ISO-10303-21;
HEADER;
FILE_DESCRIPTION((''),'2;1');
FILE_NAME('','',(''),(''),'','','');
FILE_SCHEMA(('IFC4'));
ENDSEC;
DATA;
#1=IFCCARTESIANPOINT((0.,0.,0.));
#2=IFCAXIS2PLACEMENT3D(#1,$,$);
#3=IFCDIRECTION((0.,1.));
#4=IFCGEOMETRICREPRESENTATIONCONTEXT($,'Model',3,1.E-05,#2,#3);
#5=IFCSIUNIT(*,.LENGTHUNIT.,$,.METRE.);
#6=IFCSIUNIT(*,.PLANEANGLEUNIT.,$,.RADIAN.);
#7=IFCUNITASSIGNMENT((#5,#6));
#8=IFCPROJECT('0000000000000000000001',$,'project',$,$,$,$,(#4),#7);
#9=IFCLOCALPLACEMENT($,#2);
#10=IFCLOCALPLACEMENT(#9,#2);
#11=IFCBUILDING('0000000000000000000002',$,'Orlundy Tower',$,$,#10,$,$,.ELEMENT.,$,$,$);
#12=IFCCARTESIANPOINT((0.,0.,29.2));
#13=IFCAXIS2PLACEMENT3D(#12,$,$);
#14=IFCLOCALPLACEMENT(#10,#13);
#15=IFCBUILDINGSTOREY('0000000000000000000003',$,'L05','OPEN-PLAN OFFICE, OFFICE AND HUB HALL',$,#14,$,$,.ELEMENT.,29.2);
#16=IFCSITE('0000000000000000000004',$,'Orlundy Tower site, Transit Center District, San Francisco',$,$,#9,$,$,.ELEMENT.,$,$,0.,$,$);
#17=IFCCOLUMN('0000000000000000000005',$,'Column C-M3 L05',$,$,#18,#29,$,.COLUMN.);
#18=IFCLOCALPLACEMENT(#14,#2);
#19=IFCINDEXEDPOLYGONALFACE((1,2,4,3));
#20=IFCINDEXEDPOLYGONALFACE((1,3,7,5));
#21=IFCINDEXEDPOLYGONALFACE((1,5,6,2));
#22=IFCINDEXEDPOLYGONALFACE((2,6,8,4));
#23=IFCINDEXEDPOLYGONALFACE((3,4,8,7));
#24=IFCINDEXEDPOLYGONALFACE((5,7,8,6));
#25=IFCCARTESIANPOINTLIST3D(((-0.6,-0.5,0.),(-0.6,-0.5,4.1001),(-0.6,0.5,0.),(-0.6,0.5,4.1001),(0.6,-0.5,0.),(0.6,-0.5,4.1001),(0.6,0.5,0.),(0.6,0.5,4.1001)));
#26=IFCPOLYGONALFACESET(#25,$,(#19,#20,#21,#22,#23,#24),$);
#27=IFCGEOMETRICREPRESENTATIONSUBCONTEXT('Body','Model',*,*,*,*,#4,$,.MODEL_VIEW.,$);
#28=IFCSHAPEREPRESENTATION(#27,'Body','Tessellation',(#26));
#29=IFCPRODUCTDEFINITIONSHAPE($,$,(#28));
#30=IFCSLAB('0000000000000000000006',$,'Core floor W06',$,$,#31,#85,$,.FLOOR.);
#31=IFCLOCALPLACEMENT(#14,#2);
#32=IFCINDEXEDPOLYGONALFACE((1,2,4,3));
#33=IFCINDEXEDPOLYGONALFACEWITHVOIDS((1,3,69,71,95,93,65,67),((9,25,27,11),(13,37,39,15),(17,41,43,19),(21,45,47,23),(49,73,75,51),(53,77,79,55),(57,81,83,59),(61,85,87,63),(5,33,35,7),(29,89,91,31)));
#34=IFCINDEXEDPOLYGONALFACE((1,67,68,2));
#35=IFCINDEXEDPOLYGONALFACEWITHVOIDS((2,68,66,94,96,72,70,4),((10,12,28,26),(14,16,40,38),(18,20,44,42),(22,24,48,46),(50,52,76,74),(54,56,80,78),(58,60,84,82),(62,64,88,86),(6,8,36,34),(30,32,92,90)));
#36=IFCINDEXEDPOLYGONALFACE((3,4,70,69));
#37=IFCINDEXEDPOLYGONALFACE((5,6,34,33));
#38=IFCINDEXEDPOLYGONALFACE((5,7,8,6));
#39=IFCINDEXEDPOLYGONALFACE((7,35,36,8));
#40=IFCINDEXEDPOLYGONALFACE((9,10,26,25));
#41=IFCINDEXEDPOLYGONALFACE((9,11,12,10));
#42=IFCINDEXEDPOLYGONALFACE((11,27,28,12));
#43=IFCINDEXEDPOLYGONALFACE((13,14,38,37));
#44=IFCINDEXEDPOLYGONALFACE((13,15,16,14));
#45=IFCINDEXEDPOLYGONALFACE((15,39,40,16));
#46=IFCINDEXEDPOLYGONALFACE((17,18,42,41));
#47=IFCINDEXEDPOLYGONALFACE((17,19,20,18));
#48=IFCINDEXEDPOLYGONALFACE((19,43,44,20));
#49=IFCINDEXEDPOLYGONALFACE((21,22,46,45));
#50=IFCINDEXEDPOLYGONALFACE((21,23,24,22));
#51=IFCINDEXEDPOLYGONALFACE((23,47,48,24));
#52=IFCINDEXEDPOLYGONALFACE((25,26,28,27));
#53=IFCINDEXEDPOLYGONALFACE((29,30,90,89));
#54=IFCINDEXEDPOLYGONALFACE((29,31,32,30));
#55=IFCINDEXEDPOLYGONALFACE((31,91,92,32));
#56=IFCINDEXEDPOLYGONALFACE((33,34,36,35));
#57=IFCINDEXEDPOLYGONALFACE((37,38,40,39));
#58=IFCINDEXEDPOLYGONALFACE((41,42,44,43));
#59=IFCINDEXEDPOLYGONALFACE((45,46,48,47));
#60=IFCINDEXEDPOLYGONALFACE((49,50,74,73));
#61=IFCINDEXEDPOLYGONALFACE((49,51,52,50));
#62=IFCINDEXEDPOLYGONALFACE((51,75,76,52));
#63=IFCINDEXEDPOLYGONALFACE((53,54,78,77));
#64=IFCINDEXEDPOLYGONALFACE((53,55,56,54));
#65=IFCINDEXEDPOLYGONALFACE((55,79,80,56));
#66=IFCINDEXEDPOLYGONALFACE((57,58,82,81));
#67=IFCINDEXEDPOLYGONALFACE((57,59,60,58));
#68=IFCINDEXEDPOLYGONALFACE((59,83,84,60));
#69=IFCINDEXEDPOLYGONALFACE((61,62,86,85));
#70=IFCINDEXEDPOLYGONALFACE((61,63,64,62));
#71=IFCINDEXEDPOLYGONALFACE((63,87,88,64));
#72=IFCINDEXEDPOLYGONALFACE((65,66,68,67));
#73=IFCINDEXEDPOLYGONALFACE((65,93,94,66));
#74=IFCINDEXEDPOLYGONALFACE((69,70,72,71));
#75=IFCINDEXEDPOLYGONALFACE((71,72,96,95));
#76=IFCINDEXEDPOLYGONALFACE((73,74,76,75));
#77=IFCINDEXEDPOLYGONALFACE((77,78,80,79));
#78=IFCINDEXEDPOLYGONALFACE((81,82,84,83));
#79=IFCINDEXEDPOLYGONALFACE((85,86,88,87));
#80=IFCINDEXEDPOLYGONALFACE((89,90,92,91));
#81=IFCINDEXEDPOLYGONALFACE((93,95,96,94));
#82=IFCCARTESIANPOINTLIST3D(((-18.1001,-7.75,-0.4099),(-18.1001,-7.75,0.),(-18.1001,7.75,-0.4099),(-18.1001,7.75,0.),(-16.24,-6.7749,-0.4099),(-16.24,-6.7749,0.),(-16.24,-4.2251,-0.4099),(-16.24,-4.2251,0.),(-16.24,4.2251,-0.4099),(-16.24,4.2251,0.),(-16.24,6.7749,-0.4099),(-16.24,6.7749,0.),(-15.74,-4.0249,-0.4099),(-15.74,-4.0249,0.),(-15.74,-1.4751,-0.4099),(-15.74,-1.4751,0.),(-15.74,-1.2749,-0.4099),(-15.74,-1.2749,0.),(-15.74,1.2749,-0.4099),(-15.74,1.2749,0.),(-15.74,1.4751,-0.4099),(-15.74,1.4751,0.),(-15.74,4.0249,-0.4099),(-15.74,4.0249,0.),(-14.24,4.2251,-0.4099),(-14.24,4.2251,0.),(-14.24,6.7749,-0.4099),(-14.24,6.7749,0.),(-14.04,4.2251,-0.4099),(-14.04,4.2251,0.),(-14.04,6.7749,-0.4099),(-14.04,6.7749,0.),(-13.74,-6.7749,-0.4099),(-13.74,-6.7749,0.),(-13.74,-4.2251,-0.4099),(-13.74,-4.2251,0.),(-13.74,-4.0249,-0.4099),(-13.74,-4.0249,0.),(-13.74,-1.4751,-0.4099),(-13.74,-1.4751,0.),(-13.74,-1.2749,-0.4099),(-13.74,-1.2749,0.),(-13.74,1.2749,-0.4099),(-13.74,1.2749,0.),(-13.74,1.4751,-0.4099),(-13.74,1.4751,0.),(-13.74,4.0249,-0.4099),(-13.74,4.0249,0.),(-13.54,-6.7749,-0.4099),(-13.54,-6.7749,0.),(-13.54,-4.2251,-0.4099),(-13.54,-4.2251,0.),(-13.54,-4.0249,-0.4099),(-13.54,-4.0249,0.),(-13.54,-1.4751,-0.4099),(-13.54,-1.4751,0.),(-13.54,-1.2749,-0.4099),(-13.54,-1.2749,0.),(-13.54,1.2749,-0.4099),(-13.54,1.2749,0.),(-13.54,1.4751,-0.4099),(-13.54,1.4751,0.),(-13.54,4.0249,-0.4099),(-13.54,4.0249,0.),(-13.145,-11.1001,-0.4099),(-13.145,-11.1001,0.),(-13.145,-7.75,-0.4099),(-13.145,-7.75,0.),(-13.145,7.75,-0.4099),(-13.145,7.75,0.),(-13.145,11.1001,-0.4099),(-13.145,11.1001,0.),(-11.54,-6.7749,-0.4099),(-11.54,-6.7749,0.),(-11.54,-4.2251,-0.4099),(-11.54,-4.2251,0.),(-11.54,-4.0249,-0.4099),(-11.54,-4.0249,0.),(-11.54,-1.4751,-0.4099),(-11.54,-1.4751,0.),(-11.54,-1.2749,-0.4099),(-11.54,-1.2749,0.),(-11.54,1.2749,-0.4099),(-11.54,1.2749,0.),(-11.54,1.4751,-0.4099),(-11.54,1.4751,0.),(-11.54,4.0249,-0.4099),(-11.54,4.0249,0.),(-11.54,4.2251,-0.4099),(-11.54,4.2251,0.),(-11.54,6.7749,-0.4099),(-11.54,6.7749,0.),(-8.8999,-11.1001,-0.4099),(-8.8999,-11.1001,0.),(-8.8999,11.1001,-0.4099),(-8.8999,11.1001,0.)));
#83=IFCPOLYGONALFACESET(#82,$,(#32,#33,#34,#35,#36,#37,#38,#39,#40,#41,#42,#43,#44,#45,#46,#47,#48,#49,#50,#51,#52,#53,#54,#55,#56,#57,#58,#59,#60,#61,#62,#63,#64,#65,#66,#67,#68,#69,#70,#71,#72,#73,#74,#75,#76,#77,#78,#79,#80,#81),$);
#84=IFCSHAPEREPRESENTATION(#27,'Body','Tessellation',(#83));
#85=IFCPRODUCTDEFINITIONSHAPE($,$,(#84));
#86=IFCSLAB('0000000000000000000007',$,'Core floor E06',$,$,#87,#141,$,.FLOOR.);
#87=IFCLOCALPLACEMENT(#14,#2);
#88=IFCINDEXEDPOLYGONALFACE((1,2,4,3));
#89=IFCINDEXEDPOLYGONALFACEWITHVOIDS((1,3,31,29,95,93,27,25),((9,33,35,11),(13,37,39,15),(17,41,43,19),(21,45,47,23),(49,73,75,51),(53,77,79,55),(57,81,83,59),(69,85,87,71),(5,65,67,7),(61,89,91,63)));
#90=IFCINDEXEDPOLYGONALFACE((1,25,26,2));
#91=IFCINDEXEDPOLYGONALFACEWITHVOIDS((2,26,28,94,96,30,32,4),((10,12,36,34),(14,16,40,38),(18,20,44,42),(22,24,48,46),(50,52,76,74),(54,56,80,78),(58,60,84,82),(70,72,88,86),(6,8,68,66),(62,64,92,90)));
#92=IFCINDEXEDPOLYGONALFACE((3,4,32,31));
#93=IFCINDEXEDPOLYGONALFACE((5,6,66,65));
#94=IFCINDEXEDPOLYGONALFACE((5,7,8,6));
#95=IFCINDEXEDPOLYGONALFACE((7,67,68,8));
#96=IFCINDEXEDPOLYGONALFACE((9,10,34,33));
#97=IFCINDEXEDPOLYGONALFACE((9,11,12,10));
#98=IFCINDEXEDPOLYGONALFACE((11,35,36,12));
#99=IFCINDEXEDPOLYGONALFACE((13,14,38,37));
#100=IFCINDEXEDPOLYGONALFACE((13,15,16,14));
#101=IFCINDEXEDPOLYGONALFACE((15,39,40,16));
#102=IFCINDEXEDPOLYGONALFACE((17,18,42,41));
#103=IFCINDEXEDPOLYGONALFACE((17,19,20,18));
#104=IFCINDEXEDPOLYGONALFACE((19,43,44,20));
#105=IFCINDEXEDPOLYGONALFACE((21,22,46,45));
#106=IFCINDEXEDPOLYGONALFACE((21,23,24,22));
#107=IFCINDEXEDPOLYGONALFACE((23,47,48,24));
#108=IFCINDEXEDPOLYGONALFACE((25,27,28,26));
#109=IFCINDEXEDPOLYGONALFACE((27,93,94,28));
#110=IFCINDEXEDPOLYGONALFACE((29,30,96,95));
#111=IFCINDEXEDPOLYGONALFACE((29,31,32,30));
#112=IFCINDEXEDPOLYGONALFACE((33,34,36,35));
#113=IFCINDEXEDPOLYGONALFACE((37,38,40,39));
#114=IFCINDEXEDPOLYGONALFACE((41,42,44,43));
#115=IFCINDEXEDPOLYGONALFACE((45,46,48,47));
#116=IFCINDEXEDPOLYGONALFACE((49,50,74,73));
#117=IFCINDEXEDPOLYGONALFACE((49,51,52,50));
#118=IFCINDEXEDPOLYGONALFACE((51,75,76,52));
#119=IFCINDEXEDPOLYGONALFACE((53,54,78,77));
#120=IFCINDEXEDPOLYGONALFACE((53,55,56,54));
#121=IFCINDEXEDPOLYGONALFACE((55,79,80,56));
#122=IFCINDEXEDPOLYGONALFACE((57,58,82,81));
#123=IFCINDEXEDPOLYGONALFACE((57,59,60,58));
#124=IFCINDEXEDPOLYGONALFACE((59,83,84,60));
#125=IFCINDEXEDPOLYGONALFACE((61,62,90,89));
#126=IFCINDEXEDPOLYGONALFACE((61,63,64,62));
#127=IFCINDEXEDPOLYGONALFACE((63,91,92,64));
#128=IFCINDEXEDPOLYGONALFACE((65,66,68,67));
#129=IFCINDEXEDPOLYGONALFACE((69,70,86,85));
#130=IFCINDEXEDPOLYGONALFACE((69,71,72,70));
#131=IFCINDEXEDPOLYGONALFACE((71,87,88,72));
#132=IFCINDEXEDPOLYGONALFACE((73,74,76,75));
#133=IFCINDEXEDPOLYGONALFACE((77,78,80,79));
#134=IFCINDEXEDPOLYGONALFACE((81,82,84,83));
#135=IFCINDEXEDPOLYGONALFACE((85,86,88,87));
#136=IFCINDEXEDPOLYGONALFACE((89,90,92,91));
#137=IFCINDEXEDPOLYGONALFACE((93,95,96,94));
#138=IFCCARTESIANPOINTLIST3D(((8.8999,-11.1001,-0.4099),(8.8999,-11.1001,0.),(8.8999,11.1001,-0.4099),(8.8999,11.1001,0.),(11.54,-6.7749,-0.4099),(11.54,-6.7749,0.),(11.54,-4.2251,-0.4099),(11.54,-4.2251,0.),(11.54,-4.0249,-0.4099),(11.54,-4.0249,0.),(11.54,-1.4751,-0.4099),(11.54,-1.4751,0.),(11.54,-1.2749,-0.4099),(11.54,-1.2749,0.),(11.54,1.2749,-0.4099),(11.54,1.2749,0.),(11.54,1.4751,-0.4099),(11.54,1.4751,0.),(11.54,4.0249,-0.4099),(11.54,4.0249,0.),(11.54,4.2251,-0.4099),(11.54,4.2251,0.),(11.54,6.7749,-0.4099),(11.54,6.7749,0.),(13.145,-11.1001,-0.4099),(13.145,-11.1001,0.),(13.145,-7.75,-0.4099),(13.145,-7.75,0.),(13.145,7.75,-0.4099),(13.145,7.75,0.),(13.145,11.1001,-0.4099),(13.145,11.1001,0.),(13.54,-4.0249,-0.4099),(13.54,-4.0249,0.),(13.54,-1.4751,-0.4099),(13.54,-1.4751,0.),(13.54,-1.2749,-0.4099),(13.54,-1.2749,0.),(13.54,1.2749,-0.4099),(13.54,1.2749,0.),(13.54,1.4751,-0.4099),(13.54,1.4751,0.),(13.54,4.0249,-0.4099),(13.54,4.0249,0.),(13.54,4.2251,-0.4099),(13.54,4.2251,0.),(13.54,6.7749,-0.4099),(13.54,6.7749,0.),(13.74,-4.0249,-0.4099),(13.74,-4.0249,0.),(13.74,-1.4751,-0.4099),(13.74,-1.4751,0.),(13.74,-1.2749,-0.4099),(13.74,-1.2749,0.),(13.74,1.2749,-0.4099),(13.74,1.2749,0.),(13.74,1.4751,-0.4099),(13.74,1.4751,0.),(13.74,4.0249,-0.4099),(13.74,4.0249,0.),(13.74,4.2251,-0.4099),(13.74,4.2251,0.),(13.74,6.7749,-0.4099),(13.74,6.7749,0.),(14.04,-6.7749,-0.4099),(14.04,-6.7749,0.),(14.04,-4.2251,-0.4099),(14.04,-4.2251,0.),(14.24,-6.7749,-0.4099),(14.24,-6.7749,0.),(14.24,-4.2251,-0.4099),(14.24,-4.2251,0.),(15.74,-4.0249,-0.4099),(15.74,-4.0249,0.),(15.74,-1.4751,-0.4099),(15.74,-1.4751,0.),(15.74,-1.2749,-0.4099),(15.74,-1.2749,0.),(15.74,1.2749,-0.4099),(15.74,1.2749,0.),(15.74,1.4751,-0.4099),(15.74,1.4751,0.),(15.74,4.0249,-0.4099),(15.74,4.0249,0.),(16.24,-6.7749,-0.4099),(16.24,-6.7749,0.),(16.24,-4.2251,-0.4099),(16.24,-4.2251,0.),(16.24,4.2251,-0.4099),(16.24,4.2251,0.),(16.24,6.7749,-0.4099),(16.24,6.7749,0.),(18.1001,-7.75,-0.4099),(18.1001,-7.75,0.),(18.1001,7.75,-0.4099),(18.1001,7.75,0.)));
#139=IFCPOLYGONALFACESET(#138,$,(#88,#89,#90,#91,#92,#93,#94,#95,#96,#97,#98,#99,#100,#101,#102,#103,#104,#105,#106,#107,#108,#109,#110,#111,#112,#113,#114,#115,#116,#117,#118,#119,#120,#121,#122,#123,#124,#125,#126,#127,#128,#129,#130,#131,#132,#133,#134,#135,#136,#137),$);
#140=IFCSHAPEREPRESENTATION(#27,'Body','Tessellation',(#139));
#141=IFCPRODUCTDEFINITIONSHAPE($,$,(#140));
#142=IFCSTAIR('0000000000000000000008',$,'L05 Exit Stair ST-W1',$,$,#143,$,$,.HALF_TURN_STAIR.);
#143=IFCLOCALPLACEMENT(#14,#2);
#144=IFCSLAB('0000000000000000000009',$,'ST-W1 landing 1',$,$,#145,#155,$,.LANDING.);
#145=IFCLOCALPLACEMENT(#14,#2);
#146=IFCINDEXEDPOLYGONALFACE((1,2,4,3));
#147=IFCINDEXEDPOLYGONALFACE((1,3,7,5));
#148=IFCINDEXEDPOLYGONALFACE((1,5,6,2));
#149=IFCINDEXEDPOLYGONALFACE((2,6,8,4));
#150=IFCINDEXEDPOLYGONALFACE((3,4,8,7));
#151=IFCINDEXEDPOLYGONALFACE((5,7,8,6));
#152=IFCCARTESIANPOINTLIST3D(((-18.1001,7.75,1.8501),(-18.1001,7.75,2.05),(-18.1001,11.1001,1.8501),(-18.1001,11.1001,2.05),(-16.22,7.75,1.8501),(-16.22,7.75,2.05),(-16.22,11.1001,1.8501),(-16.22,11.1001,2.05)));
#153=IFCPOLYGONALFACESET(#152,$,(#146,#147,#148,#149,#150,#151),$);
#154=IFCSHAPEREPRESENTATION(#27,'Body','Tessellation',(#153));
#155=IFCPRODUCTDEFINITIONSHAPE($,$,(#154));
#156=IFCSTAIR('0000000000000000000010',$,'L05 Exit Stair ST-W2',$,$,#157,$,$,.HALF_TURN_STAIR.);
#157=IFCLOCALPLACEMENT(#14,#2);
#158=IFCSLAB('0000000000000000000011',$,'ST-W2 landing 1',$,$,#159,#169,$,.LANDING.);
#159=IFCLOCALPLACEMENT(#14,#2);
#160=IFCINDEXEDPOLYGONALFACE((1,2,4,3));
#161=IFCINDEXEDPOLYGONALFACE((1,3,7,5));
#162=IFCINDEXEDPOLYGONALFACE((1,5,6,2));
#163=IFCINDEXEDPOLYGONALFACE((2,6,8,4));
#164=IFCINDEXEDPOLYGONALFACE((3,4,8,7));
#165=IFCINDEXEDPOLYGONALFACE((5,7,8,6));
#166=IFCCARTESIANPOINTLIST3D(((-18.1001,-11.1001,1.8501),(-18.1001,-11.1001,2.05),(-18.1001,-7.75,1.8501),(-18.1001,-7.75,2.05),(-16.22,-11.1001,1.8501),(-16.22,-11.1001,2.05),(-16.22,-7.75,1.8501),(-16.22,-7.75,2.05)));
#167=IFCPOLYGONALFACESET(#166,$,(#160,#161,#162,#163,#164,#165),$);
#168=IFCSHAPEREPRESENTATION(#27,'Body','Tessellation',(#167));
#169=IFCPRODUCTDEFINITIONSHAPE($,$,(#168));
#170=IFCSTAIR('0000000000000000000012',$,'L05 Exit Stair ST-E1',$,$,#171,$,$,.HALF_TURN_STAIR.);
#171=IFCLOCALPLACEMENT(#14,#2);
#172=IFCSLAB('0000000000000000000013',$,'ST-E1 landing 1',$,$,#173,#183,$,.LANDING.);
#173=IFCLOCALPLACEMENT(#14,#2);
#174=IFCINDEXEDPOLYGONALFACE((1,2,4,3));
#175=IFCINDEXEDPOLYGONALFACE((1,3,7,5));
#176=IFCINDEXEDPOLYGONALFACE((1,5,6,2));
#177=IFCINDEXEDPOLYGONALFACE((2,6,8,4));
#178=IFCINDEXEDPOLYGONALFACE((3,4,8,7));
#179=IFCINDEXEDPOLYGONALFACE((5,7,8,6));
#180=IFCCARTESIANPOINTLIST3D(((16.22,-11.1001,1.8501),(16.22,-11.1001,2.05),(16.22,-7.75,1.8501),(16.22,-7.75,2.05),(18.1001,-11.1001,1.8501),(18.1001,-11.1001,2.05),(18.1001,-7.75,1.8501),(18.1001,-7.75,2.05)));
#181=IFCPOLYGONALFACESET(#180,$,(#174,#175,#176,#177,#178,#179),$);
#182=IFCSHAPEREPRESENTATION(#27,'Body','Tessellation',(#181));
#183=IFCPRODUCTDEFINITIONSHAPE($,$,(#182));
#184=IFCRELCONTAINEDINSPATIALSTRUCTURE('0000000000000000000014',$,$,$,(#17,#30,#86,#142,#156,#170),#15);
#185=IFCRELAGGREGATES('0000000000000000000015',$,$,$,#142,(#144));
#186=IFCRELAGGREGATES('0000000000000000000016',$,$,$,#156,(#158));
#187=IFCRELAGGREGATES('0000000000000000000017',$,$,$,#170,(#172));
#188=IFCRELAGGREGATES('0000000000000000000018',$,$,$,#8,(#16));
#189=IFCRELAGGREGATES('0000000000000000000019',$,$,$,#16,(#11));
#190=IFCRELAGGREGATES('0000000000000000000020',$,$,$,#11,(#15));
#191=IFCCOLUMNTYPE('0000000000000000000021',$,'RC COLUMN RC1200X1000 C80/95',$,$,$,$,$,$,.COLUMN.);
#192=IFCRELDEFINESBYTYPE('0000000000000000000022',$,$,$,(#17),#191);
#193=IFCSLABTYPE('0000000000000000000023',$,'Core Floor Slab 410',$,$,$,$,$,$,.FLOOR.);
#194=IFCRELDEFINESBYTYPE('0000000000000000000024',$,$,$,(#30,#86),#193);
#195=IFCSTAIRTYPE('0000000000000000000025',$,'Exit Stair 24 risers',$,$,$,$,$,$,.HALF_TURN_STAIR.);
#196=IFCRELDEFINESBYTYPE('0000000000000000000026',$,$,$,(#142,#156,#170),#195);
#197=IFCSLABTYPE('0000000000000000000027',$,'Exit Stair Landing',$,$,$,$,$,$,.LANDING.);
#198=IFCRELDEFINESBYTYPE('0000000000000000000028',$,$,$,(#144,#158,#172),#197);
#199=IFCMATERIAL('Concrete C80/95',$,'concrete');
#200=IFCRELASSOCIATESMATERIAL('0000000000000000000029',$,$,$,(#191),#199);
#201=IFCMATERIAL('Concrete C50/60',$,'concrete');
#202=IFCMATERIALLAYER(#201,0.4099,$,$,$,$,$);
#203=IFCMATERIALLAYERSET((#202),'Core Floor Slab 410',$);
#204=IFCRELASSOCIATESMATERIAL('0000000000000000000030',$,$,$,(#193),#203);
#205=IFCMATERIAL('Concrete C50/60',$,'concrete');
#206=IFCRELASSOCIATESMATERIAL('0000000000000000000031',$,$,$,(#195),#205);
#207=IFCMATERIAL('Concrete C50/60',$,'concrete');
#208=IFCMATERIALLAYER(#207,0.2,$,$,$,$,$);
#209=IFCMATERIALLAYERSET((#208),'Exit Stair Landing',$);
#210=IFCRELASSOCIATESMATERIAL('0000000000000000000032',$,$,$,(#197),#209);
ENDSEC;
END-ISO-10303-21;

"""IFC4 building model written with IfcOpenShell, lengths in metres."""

from ifc_helpers import new_model, si_unit, direction, frame, origin, origin_with_axes, origin_2d, place, context, subcontext, project, spatial, polyline, rectangle, outline, extrude, material, layer, layer_set, material_profile, profile_set, type_object, element, aggregate, save


model = new_model("IFC4")

# Units and contexts
model_context = context("Model", 3, precision=1e-05, world=origin(), true_north=direction((0.0, 1.0)))
body_context = subcontext(model_context, "Body", "Model", "MODEL_VIEW")
ifc_project = project(units=[si_unit("LENGTHUNIT", "METRE"), si_unit("PLANEANGLEUNIT", "RADIAN")], contexts=[model_context])

# Site, building, storey
site_placement = place(None, origin())
site = spatial("IfcSite", under=ifc_project, at=site_placement, Name="Orlundy Tower site, Transit Center District, San Francisco", CompositionType="ELEMENT", RefElevation=0.0)
building_placement = place(site_placement, origin())
building = spatial("IfcBuilding", under=site, at=building_placement, Name="Orlundy Tower", CompositionType="ELEMENT")
storey_placement = place(building_placement, frame((0.0, 0.0, 29.2)))
storey = spatial("IfcBuildingStorey", under=building, at=storey_placement, Name="L05", Description="OPEN-PLAN OFFICE, OFFICE AND HUB HALL", CompositionType="ELEMENT", Elevation=29.2)

# Column
ifc_material_1 = material(Name="Concrete C80/95", Category="concrete")
ifc_material_profile = material_profile(ifc_material_1, rectangle(XDim=1.2, YDim=1.0, at=origin_2d()), Name="RC1200X1000")
ifc_profile_set = profile_set([ifc_material_profile], Name="Concrete C80/95")
column_type = type_object("IfcColumnType", Name="RC COLUMN RC1200X1000 C80/95", PredefinedType="COLUMN", material=ifc_profile_set)
column_placement = place(storey_placement, origin_with_axes())
element("IfcColumn", 1, at=column_placement, inside=storey, type_object=column_type, Name="Column C-M3 L05", PredefinedType="COLUMN", context=body_context, shape_type="SweptSolid", body=[
    extrude(rectangle(XDim=1.2, YDim=1.0, at=origin_2d()), origin(), (0.0, 0.0, 1.0), 4.1001),
])

# Slabs
ifc_material_2 = material(Name="Concrete C50/60", Category="concrete")
ifc_layer_1 = layer(ifc_material_2, 0.4099)
ifc_layer_set_1 = layer_set([ifc_layer_1], Name="Core Floor Slab 410")
slab_type_1 = type_object("IfcSlabType", Name="Core Floor Slab 410", PredefinedType="FLOOR", material=ifc_layer_set_1)
slab_1_placement = place(storey_placement, frame((0.0, 0.0, -0.4099)))
element("IfcSlab", 2, at=slab_1_placement, inside=storey, type_object=slab_type_1, Name="Core floor W06", PredefinedType="FLOOR", context=body_context, shape_type="SweptSolid", body=[
    extrude(outline(polyline([(-8.8999, -11.1001), (-13.145, -11.1001), (-13.145, -7.75), (-18.1001, -7.75), (-18.1001, 7.75), (-13.145, 7.75), (-13.145, 11.1001), (-8.8999, 11.1001), (-8.8999, -11.1001)]), holes=[polyline([(-11.54, -6.7749), (-11.54, -4.2251), (-13.54, -4.2251), (-13.54, -6.7749), (-11.54, -6.7749)]), polyline([(-16.24, -6.7749), (-13.74, -6.7749), (-13.74, -4.2251), (-16.24, -4.2251), (-16.24, -6.7749)]), polyline([(-13.54, -1.4751), (-13.54, -4.0249), (-11.54, -4.0249), (-11.54, -1.4751), (-13.54, -1.4751)]), polyline([(-13.74, -1.4751), (-15.74, -1.4751), (-15.74, -4.0249), (-13.74, -4.0249), (-13.74, -1.4751)]), polyline([(-11.54, -1.2749), (-11.54, 1.2749), (-13.54, 1.2749), (-13.54, -1.2749), (-11.54, -1.2749)]), polyline([(-15.74, -1.2749), (-13.74, -1.2749), (-13.74, 1.2749), (-15.74, 1.2749), (-15.74, -1.2749)]), polyline([(-13.54, 4.0249), (-13.54, 1.4751), (-11.54, 1.4751), (-11.54, 4.0249), (-13.54, 4.0249)]), polyline([(-13.74, 4.0249), (-15.74, 4.0249), (-15.74, 1.4751), (-13.74, 1.4751), (-13.74, 4.0249)]), polyline([(-11.54, 4.2251), (-11.54, 6.7749), (-14.04, 6.7749), (-14.04, 4.2251), (-11.54, 4.2251)]), polyline([(-16.24, 4.2251), (-14.24, 4.2251), (-14.24, 6.7749), (-16.24, 6.7749), (-16.24, 4.2251)])]), origin(), (0.0, 0.0, 1.0), 0.4099),
])
slab_2_placement = place(storey_placement, frame((0.0, 0.0, -0.4099)))
element("IfcSlab", 3, at=slab_2_placement, inside=storey, type_object=slab_type_1, Name="Core floor E06", PredefinedType="FLOOR", context=body_context, shape_type="SweptSolid", body=[
    extrude(outline(polyline([(8.8999, 11.1001), (13.145, 11.1001), (13.145, 7.75), (18.1001, 7.75), (18.1001, -7.75), (13.145, -7.75), (13.145, -11.1001), (8.8999, -11.1001), (8.8999, 11.1001)]), holes=[polyline([(11.54, 6.7749), (11.54, 4.2251), (13.54, 4.2251), (13.54, 6.7749), (11.54, 6.7749)]), polyline([(16.24, 6.7749), (13.74, 6.7749), (13.74, 4.2251), (16.24, 4.2251), (16.24, 6.7749)]), polyline([(13.54, 1.4751), (13.54, 4.0249), (11.54, 4.0249), (11.54, 1.4751), (13.54, 1.4751)]), polyline([(13.74, 1.4751), (15.74, 1.4751), (15.74, 4.0249), (13.74, 4.0249), (13.74, 1.4751)]), polyline([(11.54, 1.2749), (11.54, -1.2749), (13.54, -1.2749), (13.54, 1.2749), (11.54, 1.2749)]), polyline([(15.74, 1.2749), (13.74, 1.2749), (13.74, -1.2749), (15.74, -1.2749), (15.74, 1.2749)]), polyline([(13.54, -4.0249), (13.54, -1.4751), (11.54, -1.4751), (11.54, -4.0249), (13.54, -4.0249)]), polyline([(13.74, -4.0249), (15.74, -4.0249), (15.74, -1.4751), (13.74, -1.4751), (13.74, -4.0249)]), polyline([(11.54, -4.2251), (11.54, -6.7749), (14.04, -6.7749), (14.04, -4.2251), (11.54, -4.2251)]), polyline([(16.24, -4.2251), (14.24, -4.2251), (14.24, -6.7749), (16.24, -6.7749), (16.24, -4.2251)])]), origin(), (0.0, 0.0, 1.0), 0.4099),
])

# Stairs, slabs
ifc_material_3 = material(Name="Concrete C50/60", Category="concrete")
stair_type = type_object("IfcStairType", Name="Exit Stair 24 risers", PredefinedType="HALF_TURN_STAIR", material=ifc_material_3)
stair_1_placement = place(storey_placement, origin())
stair_1 = element("IfcStair", 4, at=stair_1_placement, inside=storey, type_object=stair_type, Name="L05 Exit Stair ST-W1", PredefinedType="HALF_TURN_STAIR")
ifc_material_4 = material(Name="Concrete C50/60", Category="concrete")
ifc_layer_2 = layer(ifc_material_4, 0.2)
ifc_layer_set_2 = layer_set([ifc_layer_2], Name="Exit Stair Landing")
slab_type_2 = type_object("IfcSlabType", Name="Exit Stair Landing", PredefinedType="LANDING", material=ifc_layer_set_2)
slab_3_placement = place(storey_placement, frame((0.0, 0.0, 1.8501)))
slab_3 = element("IfcSlab", 5, at=slab_3_placement, type_object=slab_type_2, Name="ST-W1 landing 1", PredefinedType="LANDING", context=body_context, shape_type="SweptSolid", body=[
    extrude(outline(polyline([(-16.22, 11.1001), (-18.1001, 11.1001), (-18.1001, 7.75), (-16.22, 7.75), (-16.22, 11.1001)])), origin(), (0.0, 0.0, 1.0), 0.2),
])
aggregate(stair_1, [slab_3])
stair_2_placement = place(storey_placement, origin())
stair_2 = element("IfcStair", 6, at=stair_2_placement, inside=storey, type_object=stair_type, Name="L05 Exit Stair ST-W2", PredefinedType="HALF_TURN_STAIR")
slab_4_placement = place(storey_placement, frame((0.0, 0.0, 1.8501)))
slab_4 = element("IfcSlab", 7, at=slab_4_placement, type_object=slab_type_2, Name="ST-W2 landing 1", PredefinedType="LANDING", context=body_context, shape_type="SweptSolid", body=[
    extrude(outline(polyline([(-16.22, -7.75), (-18.1001, -7.75), (-18.1001, -11.1001), (-16.22, -11.1001), (-16.22, -7.75)])), origin(), (0.0, 0.0, 1.0), 0.2),
])
aggregate(stair_2, [slab_4])
stair_3_placement = place(storey_placement, origin())
stair_3 = element("IfcStair", 8, at=stair_3_placement, inside=storey, type_object=stair_type, Name="L05 Exit Stair ST-E1", PredefinedType="HALF_TURN_STAIR")
slab_5_placement = place(storey_placement, frame((0.0, 0.0, 1.8501)))
slab_5 = element("IfcSlab", 9, at=slab_5_placement, type_object=slab_type_2, Name="ST-E1 landing 1", PredefinedType="LANDING", context=body_context, shape_type="SweptSolid", body=[
    extrude(outline(polyline([(16.22, -11.1001), (18.1001, -11.1001), (18.1001, -7.75), (16.22, -7.75), (16.22, -11.1001)])), origin(), (0.0, 0.0, 1.0), 0.2),
])
aggregate(stair_3, [slab_5])

save(model, "model.ifc")
